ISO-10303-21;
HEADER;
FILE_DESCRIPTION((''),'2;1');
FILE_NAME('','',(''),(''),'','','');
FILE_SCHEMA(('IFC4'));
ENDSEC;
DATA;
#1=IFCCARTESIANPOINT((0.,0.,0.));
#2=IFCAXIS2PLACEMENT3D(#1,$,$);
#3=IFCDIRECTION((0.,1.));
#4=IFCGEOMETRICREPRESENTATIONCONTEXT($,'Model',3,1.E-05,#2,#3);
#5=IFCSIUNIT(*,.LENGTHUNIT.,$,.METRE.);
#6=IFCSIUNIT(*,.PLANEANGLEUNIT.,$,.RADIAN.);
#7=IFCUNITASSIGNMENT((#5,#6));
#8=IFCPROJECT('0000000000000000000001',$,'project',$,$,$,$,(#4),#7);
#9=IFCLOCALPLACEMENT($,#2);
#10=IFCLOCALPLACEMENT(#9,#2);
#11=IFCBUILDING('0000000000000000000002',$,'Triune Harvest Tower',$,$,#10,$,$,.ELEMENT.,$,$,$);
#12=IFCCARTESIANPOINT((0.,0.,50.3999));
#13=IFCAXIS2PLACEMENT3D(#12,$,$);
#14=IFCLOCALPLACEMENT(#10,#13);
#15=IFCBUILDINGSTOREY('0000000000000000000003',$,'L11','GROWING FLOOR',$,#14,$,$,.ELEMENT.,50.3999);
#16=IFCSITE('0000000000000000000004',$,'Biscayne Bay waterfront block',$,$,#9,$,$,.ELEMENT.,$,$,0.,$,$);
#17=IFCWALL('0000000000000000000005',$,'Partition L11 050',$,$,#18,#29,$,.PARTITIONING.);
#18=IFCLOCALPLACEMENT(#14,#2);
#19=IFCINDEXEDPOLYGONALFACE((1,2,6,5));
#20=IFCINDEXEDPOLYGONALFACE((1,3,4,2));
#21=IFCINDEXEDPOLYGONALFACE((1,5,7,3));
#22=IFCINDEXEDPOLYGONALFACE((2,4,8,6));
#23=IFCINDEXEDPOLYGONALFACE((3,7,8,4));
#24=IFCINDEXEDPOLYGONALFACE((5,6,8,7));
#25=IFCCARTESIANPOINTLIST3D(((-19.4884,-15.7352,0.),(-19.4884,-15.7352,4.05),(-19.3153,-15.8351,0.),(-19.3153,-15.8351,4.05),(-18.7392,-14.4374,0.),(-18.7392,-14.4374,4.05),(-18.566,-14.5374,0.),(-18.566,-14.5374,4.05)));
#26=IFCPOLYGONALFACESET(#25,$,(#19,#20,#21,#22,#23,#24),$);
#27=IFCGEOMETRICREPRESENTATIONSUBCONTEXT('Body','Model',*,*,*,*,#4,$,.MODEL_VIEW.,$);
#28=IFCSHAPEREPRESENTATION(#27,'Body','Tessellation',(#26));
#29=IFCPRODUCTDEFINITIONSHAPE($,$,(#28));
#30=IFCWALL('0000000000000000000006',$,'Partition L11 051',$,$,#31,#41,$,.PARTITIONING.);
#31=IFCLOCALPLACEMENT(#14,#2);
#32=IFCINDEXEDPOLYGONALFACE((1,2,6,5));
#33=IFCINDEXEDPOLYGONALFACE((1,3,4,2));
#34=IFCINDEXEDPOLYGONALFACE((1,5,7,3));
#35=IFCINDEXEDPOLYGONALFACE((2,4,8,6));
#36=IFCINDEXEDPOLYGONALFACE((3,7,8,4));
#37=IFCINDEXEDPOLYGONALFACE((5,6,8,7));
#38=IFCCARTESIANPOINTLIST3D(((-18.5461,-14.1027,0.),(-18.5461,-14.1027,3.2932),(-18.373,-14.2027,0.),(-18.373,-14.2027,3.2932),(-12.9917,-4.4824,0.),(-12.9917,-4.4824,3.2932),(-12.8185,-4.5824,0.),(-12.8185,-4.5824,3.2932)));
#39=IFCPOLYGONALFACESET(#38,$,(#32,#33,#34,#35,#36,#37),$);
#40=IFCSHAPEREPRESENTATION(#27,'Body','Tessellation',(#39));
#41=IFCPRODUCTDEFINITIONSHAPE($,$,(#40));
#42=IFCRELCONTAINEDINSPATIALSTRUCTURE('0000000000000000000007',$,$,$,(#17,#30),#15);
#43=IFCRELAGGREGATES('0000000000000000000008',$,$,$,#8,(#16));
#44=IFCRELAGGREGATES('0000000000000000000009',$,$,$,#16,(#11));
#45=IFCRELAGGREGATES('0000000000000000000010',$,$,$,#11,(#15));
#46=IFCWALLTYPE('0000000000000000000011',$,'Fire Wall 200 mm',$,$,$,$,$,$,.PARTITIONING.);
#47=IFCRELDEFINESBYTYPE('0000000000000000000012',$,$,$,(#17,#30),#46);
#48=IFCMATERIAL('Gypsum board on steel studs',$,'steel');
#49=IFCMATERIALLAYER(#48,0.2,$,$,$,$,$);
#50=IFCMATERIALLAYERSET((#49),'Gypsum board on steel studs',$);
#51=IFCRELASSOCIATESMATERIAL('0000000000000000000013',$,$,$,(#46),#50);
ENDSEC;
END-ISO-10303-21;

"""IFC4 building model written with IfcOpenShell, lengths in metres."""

from ifc_helpers import new_model, si_unit, direction, frame, frame_2d, origin, place, context, subcontext, project, spatial, rectangle, extrude, source, transform, mapped, material, layer, layer_set, type_object, element, save


model = new_model("IFC4")

# Units and contexts
model_context = context("Model", 3, precision=1e-05, world=origin(), true_north=direction((0.0, 1.0)))
body_context = subcontext(model_context, "Body", "Model", "MODEL_VIEW")
ifc_project = project(units=[si_unit("LENGTHUNIT", "METRE"), si_unit("PLANEANGLEUNIT", "RADIAN")], contexts=[model_context])

# Site, building, storey
site_placement = place(None, origin())
site = spatial("IfcSite", under=ifc_project, at=site_placement, Name="Biscayne Bay waterfront block", CompositionType="ELEMENT", RefElevation=0.0)
building_placement = place(site_placement, origin())
building = spatial("IfcBuilding", under=site, at=building_placement, Name="Triune Harvest Tower", CompositionType="ELEMENT")
storey_placement = place(building_placement, frame((0.0, 0.0, 50.3999)))
storey = spatial("IfcBuildingStorey", under=building, at=storey_placement, Name="L11", Description="GROWING FLOOR", CompositionType="ELEMENT", Elevation=50.3999)

# Walls
ifc_material_1 = material(Name="Gypsum board on steel studs", Category="steel")
ifc_layer_1 = layer(ifc_material_1, 0.2)
ifc_layer_set_1 = layer_set([ifc_layer_1], Name="Gypsum board on steel studs")
wall_type_1 = type_object("IfcWallType", Name="Fire Wall 200 mm", PredefinedType="PARTITIONING", material=ifc_layer_set_1)
shared_shape_1 = source(origin(), body_context, "Body", "SweptSolid", [
    extrude(rectangle(XDim=1.4985, YDim=0.2, at=frame_2d((0.7493, 0.0))), origin(), (0.0, 0.0, 1.0), 4.05),
])
wall_1_placement = place(storey_placement, frame((-19.4019, -15.7852, 0.0), z_axis=(0.0, 0.0, 1.0), x_axis=(0.499976, 0.866039, 0.0)))
element("IfcWall", 1, at=wall_1_placement, inside=storey, type_object=wall_type_1, Name="Partition L11 050", PredefinedType="PARTITIONING", context=body_context, shape_type="MappedRepresentation", body=[
    mapped(shared_shape_1, transform((0.0, 0.0, 0.0), scale=1.0)),
])
shared_shape_2 = source(origin(), body_context, "Body", "SweptSolid", [
    extrude(rectangle(XDim=11.1086, YDim=0.2, at=frame_2d((5.5542, 0.0))), origin(), (0.0, 0.0, 1.0), 3.2932),
])
wall_2_placement = place(storey_placement, frame((-18.4595, -14.1526, 0.0), z_axis=(0.0, 0.0, 1.0), x_axis=(0.500008, 0.866021, 0.0)))
element("IfcWall", 2, at=wall_2_placement, inside=storey, type_object=wall_type_1, Name="Partition L11 051", PredefinedType="PARTITIONING", context=body_context, shape_type="MappedRepresentation", body=[
    mapped(shared_shape_2, transform((0.0, 0.0, 0.0), scale=1.0)),
])

save(model, "model.ifc")
